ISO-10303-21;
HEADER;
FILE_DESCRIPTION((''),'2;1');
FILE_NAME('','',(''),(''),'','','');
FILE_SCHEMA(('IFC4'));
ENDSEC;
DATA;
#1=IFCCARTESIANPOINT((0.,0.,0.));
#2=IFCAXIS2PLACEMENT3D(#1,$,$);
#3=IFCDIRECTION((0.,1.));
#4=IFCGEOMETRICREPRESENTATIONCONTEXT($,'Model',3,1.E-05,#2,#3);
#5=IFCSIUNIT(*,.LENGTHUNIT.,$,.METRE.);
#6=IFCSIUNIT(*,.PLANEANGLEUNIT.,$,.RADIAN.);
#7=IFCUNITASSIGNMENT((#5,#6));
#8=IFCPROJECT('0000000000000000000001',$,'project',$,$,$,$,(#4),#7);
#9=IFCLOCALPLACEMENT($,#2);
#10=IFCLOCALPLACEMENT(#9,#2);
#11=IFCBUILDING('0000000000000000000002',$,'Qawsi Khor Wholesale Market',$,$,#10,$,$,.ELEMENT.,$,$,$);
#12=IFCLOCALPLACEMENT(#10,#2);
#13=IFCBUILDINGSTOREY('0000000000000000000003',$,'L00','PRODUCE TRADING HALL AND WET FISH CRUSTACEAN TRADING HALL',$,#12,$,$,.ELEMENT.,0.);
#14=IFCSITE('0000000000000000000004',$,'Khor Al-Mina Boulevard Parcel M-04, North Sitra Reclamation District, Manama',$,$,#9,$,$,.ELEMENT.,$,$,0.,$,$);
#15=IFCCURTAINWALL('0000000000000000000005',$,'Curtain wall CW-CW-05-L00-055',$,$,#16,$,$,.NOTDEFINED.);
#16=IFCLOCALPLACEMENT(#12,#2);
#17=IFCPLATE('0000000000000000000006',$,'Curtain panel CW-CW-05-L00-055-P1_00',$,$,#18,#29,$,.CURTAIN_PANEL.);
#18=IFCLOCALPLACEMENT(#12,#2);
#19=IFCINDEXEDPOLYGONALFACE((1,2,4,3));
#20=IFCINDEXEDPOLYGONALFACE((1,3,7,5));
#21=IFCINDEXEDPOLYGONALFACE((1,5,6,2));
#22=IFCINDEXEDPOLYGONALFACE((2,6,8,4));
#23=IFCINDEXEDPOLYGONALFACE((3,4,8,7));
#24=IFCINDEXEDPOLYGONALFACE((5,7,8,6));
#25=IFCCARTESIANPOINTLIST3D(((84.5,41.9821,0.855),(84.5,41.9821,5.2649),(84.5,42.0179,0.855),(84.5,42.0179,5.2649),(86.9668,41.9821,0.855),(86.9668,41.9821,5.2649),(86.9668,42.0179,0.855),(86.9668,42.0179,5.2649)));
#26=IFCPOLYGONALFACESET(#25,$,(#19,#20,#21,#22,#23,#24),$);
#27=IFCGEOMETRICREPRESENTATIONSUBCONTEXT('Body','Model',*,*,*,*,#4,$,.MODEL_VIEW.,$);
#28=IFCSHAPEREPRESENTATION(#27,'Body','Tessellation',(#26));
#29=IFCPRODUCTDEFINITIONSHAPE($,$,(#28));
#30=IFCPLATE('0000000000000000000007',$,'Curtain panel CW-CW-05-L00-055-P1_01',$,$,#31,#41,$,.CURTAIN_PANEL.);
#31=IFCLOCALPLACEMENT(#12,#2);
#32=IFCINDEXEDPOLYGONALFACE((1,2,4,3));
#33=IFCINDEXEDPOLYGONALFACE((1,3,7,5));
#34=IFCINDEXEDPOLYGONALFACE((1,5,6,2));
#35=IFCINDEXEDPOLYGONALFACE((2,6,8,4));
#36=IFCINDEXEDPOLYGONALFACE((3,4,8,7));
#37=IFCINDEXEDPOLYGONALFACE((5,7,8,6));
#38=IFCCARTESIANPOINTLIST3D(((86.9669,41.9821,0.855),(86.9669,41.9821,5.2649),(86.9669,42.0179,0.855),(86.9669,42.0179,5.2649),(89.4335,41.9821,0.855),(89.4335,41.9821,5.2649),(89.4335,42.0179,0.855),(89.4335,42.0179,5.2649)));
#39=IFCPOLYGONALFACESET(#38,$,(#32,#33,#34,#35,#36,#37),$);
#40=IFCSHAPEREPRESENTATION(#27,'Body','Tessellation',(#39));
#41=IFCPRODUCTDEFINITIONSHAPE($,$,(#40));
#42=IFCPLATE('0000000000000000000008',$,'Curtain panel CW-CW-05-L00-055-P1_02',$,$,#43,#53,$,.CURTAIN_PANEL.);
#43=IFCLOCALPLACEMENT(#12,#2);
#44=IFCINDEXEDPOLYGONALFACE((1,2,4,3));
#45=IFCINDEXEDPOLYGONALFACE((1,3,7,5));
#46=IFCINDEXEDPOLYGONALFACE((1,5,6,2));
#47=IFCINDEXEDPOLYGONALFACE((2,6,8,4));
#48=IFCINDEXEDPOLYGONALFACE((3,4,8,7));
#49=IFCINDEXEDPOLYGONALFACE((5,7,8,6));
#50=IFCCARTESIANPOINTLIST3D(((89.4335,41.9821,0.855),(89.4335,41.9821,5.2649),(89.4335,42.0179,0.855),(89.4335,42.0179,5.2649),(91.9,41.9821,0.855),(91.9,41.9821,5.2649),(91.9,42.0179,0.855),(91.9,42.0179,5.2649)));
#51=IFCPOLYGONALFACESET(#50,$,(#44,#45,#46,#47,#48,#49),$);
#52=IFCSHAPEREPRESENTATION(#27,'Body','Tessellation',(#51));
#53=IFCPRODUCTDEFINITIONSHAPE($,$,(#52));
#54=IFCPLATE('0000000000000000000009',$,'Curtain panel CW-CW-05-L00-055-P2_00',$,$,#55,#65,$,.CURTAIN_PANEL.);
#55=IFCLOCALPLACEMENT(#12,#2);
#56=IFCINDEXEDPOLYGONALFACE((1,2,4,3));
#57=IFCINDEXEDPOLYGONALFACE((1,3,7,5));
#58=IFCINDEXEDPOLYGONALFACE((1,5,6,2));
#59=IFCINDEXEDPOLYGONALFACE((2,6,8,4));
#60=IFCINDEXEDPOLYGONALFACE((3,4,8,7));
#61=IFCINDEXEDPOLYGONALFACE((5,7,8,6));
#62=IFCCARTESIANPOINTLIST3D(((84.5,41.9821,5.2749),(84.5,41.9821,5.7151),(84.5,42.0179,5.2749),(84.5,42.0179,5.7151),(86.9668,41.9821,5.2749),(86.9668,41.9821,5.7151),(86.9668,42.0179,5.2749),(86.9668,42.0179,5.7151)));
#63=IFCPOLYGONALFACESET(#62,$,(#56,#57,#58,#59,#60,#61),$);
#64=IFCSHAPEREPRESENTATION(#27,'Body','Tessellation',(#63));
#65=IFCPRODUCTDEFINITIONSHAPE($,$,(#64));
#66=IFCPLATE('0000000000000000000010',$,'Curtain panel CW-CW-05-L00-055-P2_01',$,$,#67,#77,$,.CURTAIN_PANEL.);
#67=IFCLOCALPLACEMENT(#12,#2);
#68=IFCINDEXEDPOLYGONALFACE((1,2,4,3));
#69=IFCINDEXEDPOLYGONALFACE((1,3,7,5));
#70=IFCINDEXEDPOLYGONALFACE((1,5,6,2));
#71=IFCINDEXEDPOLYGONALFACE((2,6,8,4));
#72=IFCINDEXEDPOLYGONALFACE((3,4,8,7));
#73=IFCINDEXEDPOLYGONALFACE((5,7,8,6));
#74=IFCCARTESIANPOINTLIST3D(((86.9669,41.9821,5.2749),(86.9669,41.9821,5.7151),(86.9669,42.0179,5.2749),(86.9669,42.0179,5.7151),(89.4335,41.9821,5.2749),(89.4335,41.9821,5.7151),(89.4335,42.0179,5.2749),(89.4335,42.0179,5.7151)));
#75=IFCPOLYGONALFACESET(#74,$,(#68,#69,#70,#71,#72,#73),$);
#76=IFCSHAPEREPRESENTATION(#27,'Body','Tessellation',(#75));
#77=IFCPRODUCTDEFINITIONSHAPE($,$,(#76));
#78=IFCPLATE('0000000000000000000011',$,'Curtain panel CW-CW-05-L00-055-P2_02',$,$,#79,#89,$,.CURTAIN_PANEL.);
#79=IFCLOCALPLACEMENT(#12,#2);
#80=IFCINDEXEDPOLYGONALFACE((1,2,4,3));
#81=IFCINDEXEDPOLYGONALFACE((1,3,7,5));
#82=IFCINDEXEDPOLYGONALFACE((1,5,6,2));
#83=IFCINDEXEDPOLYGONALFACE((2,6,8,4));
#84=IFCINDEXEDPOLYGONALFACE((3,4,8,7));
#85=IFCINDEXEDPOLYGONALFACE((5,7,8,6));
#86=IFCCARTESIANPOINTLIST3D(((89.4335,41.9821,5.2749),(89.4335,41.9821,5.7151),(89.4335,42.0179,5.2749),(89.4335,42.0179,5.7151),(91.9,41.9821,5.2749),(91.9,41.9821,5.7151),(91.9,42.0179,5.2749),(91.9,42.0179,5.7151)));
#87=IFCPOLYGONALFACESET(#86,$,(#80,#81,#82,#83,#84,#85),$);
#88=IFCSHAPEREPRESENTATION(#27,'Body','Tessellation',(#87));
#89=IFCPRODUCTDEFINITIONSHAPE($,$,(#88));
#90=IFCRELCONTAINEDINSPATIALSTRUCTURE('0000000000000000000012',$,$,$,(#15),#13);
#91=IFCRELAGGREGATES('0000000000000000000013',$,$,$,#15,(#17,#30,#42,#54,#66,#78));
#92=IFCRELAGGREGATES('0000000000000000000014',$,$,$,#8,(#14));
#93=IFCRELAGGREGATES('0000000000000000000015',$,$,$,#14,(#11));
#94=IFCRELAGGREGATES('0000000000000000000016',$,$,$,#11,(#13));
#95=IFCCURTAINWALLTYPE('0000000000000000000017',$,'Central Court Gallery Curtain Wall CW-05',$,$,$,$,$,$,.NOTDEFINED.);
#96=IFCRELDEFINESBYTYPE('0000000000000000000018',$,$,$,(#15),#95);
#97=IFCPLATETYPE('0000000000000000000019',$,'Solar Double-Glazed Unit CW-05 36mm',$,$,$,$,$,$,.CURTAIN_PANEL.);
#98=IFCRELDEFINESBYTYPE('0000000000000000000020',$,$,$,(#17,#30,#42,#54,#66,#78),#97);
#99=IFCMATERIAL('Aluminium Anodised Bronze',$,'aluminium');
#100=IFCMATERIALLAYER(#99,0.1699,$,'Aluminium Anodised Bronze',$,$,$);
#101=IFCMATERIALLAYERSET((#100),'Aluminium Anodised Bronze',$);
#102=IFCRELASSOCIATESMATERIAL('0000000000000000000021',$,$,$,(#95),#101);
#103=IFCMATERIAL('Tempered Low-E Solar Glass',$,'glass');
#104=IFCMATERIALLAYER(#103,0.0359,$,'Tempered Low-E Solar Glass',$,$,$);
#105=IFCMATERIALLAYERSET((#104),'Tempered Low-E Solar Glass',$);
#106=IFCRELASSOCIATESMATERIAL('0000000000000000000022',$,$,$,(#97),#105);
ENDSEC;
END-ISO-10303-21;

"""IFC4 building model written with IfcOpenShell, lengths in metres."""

from ifc_helpers import new_model, si_unit, direction, frame, frame_2d, origin, place, context, subcontext, project, spatial, rectangle, extrude, material, layer, layer_set, type_object, element, aggregate, save


model = new_model("IFC4")

# Units and contexts
model_context = context("Model", 3, precision=1e-05, world=origin(), true_north=direction((0.0, 1.0)))
body_context = subcontext(model_context, "Body", "Model", "MODEL_VIEW")
ifc_project = project(units=[si_unit("LENGTHUNIT", "METRE"), si_unit("PLANEANGLEUNIT", "RADIAN")], contexts=[model_context])

# Site, building, storey
site_placement = place(None, origin())
site = spatial("IfcSite", under=ifc_project, at=site_placement, Name="Khor Al-Mina Boulevard Parcel M-04, North Sitra Reclamation District, Manama", CompositionType="ELEMENT", RefElevation=0.0)
building_placement = place(site_placement, origin())
building = spatial("IfcBuilding", under=site, at=building_placement, Name="Qawsi Khor Wholesale Market", CompositionType="ELEMENT")
storey_placement = place(building_placement, origin())
storey = spatial("IfcBuildingStorey", under=building, at=storey_placement, Name="L00", Description="PRODUCE TRADING HALL AND WET FISH CRUSTACEAN TRADING HALL", CompositionType="ELEMENT", Elevation=0.0)

# Curtain wall, plates
ifc_material_1 = material(Name="Aluminium Anodised Bronze", Category="aluminium")
ifc_layer_1 = layer(ifc_material_1, 0.1699, Name="Aluminium Anodised Bronze")
ifc_layer_set_1 = layer_set([ifc_layer_1], Name="Aluminium Anodised Bronze")
curtain_wall_type = type_object("IfcCurtainWallType", Name="Central Court Gallery Curtain Wall CW-05", PredefinedType="NOTDEFINED", material=ifc_layer_set_1)
curtain_wall_placement = place(storey_placement, origin())
curtain_wall = element("IfcCurtainWall", 1, at=curtain_wall_placement, inside=storey, type_object=curtain_wall_type, Name="Curtain wall CW-CW-05-L00-055", PredefinedType="NOTDEFINED")
ifc_material_2 = material(Name="Tempered Low-E Solar Glass", Category="glass")
ifc_layer_2 = layer(ifc_material_2, 0.0359, Name="Tempered Low-E Solar Glass")
ifc_layer_set_2 = layer_set([ifc_layer_2], Name="Tempered Low-E Solar Glass")
plate_type_1 = type_object("IfcPlateType", Name="Solar Double-Glazed Unit CW-05 36mm", PredefinedType="CURTAIN_PANEL", material=ifc_layer_set_2)
plate_1_placement = place(storey_placement, frame((84.5, 42.0, 0.855), z_axis=(0.0, 0.0, 1.0), x_axis=(1.0, 0.0, 0.0)))
plate_1 = element("IfcPlate", 2, at=plate_1_placement, type_object=plate_type_1, Name="Curtain panel CW-CW-05-L00-055-P1_00", PredefinedType="CURTAIN_PANEL", context=body_context, shape_type="SweptSolid", body=[
    extrude(rectangle(XDim=2.4668, YDim=0.0359, at=frame_2d((1.2334, 0.0))), origin(), (0.0, 0.0, 1.0), 4.4099),
])
plate_2_placement = place(storey_placement, frame((86.9668, 42.0, 0.855), z_axis=(0.0, 0.0, 1.0), x_axis=(1.0, 0.0, 0.0)))
plate_2 = element("IfcPlate", 3, at=plate_2_placement, type_object=plate_type_1, Name="Curtain panel CW-CW-05-L00-055-P1_01", PredefinedType="CURTAIN_PANEL", context=body_context, shape_type="SweptSolid", body=[
    extrude(rectangle(XDim=2.4666, YDim=0.0359, at=frame_2d((1.2334, 0.0))), origin(), (0.0, 0.0, 1.0), 4.4099),
])
plate_3_placement = place(storey_placement, frame((89.4333, 42.0, 0.855), z_axis=(0.0, 0.0, 1.0), x_axis=(1.0, 0.0, 0.0)))
plate_3 = element("IfcPlate", 4, at=plate_3_placement, type_object=plate_type_1, Name="Curtain panel CW-CW-05-L00-055-P1_02", PredefinedType="CURTAIN_PANEL", context=body_context, shape_type="SweptSolid", body=[
    extrude(rectangle(XDim=2.4666, YDim=0.0359, at=frame_2d((1.2334, 0.0))), origin(), (0.0, 0.0, 1.0), 4.4099),
])
plate_4_placement = place(storey_placement, frame((84.5, 42.0, 5.2749), z_axis=(0.0, 0.0, 1.0), x_axis=(1.0, 0.0, 0.0)))
plate_4 = element("IfcPlate", 5, at=plate_4_placement, type_object=plate_type_1, Name="Curtain panel CW-CW-05-L00-055-P2_00", PredefinedType="CURTAIN_PANEL", context=body_context, shape_type="SweptSolid", body=[
    extrude(rectangle(XDim=2.4668, YDim=0.0359, at=frame_2d((1.2334, 0.0))), origin(), (0.0, 0.0, 1.0), 0.4402),
])
plate_5_placement = place(storey_placement, frame((86.9668, 42.0, 5.2749), z_axis=(0.0, 0.0, 1.0), x_axis=(1.0, 0.0, 0.0)))
plate_5 = element("IfcPlate", 6, at=plate_5_placement, type_object=plate_type_1, Name="Curtain panel CW-CW-05-L00-055-P2_01", PredefinedType="CURTAIN_PANEL", context=body_context, shape_type="SweptSolid", body=[
    extrude(rectangle(XDim=2.4666, YDim=0.0359, at=frame_2d((1.2334, 0.0))), origin(), (0.0, 0.0, 1.0), 0.4402),
])
plate_6_placement = place(storey_placement, frame((89.4333, 42.0, 5.2749), z_axis=(0.0, 0.0, 1.0), x_axis=(1.0, 0.0, 0.0)))
plate_6 = element("IfcPlate", 7, at=plate_6_placement, type_object=plate_type_1, Name="Curtain panel CW-CW-05-L00-055-P2_02", PredefinedType="CURTAIN_PANEL", context=body_context, shape_type="SweptSolid", body=[
    extrude(rectangle(XDim=2.4666, YDim=0.0359, at=frame_2d((1.2334, 0.0))), origin(), (0.0, 0.0, 1.0), 0.4402),
])
aggregate(curtain_wall, [plate_1, plate_2, plate_3, plate_4, plate_5, plate_6])

save(model, "model.ifc")
